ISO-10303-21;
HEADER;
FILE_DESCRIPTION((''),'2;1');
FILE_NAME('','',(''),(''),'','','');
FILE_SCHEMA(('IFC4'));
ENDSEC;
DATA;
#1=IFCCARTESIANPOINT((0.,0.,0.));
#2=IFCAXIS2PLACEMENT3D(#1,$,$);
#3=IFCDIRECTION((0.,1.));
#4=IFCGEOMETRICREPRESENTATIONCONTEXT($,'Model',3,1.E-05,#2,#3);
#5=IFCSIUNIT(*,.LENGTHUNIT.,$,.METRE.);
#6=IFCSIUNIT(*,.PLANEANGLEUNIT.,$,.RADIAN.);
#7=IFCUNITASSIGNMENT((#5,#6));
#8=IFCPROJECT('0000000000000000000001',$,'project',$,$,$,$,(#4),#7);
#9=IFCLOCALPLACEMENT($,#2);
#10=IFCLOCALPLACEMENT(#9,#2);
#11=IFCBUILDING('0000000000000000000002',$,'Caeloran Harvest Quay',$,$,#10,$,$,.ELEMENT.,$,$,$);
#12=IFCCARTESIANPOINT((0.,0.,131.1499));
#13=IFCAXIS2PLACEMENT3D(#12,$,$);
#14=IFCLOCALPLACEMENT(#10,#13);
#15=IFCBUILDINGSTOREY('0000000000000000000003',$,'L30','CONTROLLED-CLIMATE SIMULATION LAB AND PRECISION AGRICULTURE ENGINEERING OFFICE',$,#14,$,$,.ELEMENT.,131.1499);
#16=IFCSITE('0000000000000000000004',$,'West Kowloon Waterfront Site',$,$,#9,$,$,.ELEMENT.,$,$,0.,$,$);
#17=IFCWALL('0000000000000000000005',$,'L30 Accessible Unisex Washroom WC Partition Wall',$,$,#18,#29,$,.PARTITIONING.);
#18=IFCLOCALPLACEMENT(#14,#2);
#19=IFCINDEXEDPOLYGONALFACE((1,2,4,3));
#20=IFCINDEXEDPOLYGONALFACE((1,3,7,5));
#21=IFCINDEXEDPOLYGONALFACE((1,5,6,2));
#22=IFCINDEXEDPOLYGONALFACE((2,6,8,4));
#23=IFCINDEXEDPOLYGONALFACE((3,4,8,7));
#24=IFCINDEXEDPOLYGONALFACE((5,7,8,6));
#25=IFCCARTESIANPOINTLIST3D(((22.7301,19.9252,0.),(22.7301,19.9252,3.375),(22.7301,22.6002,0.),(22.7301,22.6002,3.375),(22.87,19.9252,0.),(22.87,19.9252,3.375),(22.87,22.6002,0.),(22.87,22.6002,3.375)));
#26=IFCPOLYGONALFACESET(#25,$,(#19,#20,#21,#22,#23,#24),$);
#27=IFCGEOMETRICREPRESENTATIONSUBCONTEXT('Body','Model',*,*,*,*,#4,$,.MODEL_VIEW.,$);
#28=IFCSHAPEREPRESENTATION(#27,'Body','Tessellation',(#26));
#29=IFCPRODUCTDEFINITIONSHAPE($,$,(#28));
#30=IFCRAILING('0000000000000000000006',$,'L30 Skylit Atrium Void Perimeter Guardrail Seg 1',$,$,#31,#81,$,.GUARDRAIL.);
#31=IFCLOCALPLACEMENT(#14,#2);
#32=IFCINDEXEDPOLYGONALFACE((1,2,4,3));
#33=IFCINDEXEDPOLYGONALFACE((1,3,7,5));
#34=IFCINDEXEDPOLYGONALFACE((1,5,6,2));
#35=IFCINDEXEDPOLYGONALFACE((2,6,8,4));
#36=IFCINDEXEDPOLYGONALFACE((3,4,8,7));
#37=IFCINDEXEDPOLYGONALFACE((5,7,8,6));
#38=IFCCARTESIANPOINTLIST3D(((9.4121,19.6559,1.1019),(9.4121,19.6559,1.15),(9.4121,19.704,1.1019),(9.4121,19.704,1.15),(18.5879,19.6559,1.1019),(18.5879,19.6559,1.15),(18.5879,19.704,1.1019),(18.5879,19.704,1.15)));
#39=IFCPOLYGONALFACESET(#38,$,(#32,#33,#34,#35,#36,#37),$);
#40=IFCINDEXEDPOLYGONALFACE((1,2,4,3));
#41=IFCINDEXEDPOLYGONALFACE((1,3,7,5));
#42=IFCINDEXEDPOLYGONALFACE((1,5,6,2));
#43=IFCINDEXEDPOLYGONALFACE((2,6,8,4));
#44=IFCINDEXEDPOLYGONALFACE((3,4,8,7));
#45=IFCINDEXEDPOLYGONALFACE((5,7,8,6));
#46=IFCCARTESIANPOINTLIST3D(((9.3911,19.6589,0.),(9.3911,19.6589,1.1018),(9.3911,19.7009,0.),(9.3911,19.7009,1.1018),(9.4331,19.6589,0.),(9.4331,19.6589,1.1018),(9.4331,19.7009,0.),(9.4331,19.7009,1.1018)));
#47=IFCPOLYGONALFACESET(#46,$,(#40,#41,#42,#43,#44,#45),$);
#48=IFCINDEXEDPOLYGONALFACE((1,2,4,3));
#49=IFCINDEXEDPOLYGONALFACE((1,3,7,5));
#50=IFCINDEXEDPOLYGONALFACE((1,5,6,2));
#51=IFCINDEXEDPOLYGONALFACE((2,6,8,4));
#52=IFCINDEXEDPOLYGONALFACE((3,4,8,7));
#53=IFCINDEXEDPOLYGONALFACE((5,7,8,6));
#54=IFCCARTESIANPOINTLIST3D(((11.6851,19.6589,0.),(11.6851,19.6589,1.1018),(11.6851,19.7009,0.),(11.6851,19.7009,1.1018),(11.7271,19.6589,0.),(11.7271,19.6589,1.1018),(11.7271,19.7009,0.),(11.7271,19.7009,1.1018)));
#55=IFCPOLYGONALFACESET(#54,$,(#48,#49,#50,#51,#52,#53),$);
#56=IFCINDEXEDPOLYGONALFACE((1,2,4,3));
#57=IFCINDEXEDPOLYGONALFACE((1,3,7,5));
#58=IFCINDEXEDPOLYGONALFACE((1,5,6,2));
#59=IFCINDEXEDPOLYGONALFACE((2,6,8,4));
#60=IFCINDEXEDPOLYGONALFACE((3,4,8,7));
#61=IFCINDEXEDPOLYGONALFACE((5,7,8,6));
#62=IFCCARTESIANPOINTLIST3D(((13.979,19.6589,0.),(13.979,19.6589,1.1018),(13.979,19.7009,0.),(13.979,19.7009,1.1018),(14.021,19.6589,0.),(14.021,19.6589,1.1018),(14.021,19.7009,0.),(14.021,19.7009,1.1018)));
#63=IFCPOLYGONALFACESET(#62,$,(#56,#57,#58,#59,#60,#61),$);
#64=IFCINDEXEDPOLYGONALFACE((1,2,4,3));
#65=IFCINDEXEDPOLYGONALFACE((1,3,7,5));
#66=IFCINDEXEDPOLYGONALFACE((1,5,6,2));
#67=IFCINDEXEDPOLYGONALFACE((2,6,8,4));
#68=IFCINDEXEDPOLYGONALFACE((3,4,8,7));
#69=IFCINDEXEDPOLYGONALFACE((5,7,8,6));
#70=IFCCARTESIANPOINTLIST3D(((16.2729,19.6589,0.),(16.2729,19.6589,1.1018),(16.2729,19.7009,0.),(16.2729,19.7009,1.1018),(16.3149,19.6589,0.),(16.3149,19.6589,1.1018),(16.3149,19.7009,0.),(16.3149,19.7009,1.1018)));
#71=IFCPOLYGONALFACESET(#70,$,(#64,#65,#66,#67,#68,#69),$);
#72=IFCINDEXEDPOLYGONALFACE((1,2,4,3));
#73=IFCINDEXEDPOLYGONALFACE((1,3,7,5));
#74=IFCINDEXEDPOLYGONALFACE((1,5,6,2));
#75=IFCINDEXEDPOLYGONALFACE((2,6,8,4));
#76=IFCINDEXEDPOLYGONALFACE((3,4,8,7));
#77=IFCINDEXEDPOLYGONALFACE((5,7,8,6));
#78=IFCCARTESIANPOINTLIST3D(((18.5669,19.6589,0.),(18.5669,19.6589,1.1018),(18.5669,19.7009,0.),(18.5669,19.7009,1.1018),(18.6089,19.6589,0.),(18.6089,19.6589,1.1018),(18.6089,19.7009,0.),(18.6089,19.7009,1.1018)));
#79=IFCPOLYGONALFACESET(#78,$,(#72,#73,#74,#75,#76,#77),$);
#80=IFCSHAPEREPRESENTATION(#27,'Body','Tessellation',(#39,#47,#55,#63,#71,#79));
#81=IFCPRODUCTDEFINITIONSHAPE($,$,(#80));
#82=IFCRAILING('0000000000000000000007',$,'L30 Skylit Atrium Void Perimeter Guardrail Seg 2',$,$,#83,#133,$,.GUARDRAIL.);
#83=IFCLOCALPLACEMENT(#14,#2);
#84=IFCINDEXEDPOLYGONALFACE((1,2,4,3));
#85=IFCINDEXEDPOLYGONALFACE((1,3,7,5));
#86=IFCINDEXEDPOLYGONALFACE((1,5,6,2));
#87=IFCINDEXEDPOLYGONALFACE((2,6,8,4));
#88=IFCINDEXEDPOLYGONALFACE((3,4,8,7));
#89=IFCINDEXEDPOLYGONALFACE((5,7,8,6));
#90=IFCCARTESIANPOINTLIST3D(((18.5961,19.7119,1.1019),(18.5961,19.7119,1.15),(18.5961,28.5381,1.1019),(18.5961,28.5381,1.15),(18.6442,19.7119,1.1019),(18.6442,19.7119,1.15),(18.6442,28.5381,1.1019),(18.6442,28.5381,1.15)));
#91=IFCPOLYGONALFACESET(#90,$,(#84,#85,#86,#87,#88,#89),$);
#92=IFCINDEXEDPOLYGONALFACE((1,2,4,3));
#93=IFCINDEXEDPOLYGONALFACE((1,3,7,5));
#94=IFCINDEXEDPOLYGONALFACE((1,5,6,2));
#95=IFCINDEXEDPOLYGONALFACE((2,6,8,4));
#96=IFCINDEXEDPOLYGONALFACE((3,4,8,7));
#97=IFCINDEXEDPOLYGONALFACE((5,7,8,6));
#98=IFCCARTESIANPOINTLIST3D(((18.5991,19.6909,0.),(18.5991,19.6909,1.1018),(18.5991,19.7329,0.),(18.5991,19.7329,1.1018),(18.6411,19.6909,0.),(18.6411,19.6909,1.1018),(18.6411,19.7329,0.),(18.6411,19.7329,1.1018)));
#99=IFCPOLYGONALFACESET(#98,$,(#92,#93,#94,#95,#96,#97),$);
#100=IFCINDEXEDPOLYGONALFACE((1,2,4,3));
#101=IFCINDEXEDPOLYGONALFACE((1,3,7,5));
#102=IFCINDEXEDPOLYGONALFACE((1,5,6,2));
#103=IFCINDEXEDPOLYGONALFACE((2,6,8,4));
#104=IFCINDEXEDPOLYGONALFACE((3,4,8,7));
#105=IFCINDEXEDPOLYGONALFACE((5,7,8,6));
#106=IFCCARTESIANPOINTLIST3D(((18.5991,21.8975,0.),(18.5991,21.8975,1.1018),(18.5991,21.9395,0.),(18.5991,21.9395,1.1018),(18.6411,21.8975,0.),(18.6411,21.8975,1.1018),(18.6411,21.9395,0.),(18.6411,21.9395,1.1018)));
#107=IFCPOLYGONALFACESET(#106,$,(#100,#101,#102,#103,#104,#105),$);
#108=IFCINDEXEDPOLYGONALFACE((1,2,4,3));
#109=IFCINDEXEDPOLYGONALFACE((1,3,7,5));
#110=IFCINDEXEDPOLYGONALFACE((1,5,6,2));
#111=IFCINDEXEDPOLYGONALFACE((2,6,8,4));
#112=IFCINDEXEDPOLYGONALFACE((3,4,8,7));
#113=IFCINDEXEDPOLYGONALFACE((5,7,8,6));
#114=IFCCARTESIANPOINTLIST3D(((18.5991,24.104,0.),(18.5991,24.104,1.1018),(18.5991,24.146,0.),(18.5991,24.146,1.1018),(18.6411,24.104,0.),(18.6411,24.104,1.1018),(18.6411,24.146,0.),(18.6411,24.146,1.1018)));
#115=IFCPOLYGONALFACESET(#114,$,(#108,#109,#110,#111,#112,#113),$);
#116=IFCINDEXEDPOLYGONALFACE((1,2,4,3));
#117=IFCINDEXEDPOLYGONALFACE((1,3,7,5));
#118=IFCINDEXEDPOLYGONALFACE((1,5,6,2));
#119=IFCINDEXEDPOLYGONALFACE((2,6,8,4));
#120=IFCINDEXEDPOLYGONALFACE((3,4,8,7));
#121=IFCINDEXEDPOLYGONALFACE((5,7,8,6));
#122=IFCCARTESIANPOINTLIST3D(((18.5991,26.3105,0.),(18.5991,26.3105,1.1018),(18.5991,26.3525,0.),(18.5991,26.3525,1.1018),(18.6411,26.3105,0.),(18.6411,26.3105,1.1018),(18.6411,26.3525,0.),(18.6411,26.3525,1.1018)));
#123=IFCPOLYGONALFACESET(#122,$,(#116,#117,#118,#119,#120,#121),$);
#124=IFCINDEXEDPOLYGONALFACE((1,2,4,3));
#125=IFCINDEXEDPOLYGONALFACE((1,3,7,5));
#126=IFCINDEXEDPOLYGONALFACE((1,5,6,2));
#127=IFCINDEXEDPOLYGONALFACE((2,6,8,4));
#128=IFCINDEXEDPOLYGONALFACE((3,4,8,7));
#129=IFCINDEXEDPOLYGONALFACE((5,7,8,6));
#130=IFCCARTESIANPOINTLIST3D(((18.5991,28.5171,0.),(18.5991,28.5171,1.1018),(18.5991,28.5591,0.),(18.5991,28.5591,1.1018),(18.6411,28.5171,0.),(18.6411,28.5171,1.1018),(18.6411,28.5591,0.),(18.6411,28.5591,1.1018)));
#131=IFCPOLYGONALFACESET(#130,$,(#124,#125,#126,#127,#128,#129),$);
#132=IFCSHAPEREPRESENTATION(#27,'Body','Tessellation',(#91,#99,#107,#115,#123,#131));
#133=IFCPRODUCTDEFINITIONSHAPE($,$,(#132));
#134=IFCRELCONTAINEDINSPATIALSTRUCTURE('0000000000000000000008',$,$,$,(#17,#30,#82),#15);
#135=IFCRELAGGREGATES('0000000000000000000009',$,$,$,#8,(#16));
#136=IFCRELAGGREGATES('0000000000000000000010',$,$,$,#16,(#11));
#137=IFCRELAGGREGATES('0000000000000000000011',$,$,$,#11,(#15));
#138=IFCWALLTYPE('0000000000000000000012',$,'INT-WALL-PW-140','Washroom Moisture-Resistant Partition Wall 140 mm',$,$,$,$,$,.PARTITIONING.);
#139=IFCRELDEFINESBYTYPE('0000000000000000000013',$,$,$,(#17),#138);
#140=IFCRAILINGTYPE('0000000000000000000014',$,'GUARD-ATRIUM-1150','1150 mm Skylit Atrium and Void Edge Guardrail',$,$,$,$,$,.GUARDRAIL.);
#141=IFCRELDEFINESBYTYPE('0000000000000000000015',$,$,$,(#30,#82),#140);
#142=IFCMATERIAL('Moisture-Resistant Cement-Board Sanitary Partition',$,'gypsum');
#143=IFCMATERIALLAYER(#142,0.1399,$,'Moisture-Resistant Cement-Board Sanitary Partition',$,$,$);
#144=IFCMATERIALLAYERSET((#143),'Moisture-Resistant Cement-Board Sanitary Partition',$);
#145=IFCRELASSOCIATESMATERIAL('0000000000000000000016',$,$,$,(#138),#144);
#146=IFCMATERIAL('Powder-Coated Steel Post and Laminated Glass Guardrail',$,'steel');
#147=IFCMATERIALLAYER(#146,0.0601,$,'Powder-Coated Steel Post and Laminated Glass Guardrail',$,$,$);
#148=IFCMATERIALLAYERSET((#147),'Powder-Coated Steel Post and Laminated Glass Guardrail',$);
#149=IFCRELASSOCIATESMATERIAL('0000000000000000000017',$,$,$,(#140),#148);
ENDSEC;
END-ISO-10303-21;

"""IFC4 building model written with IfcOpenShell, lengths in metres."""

from ifc_helpers import new_model, si_unit, direction, frame, frame_2d, origin, origin_2d, place, context, subcontext, project, spatial, rectangle, extrude, material, layer, layer_set, type_object, element, save


model = new_model("IFC4")

# Units and contexts
model_context = context("Model", 3, precision=1e-05, world=origin(), true_north=direction((0.0, 1.0)))
body_context = subcontext(model_context, "Body", "Model", "MODEL_VIEW")
ifc_project = project(units=[si_unit("LENGTHUNIT", "METRE"), si_unit("PLANEANGLEUNIT", "RADIAN")], contexts=[model_context])

# Site, building, storey
site_placement = place(None, origin())
site = spatial("IfcSite", under=ifc_project, at=site_placement, Name="West Kowloon Waterfront Site", CompositionType="ELEMENT", RefElevation=0.0)
building_placement = place(site_placement, origin())
building = spatial("IfcBuilding", under=site, at=building_placement, Name="Caeloran Harvest Quay", CompositionType="ELEMENT")
storey_placement = place(building_placement, frame((0.0, 0.0, 131.1499)))
storey = spatial("IfcBuildingStorey", under=building, at=storey_placement, Name="L30", Description="CONTROLLED-CLIMATE SIMULATION LAB AND PRECISION AGRICULTURE ENGINEERING OFFICE", CompositionType="ELEMENT", Elevation=131.1499)

# Shared definitions
ifc_material_1 = material(Name="Moisture-Resistant Cement-Board Sanitary Partition", Category="gypsum")
ifc_layer_1 = layer(ifc_material_1, 0.1399, Name="Moisture-Resistant Cement-Board Sanitary Partition")
ifc_layer_set_1 = layer_set([ifc_layer_1], Name="Moisture-Resistant Cement-Board Sanitary Partition")
wall_type_1 = type_object("IfcWallType", Name="INT-WALL-PW-140", Description="Washroom Moisture-Resistant Partition Wall 140 mm", PredefinedType="PARTITIONING", material=ifc_layer_set_1)

# Wall
wall_1_placement = place(storey_placement, frame((22.8, 22.6001, 0.0), z_axis=(0.0, 0.0, 1.0), x_axis=(0.0, -1.0, 0.0)))
element("IfcWall", 1, at=wall_1_placement, inside=storey, type_object=wall_type_1, Name="L30 Accessible Unisex Washroom WC Partition Wall", PredefinedType="PARTITIONING", context=body_context, shape_type="SweptSolid", body=[
    extrude(rectangle(XDim=2.675, YDim=0.1399, at=frame_2d((1.3374, 0.0))), origin(), (0.0, 0.0, 1.0), 3.375),
])

# Railings
ifc_material_2 = material(Name="Powder-Coated Steel Post and Laminated Glass Guardrail", Category="steel")
ifc_layer_2 = layer(ifc_material_2, 0.0601, Name="Powder-Coated Steel Post and Laminated Glass Guardrail")
ifc_layer_set_2 = layer_set([ifc_layer_2], Name="Powder-Coated Steel Post and Laminated Glass Guardrail")
railing_type = type_object("IfcRailingType", Name="GUARD-ATRIUM-1150", Description="1150 mm Skylit Atrium and Void Edge Guardrail", PredefinedType="GUARDRAIL", material=ifc_layer_set_2)
railing_1_placement = place(storey_placement, frame((9.4121, 19.6799, 0.0)))
element("IfcRailing", 2, at=railing_1_placement, inside=storey, type_object=railing_type, Name="L30 Skylit Atrium Void Perimeter Guardrail Seg 1", PredefinedType="GUARDRAIL", context=body_context, shape_type="SweptSolid", body=[
    extrude(rectangle(XDim=0.0481, YDim=0.0481, at=origin_2d()), frame((0.0, 0.0, 1.126), z_axis=(1.0, 0.0, 0.0), x_axis=(0.0, 1.0, 0.0)), (0.0, 0.0, 1.0), 9.1758),
    extrude(rectangle(XDim=0.042, YDim=0.042, at=origin_2d()), origin(), (0.0, 0.0, 1.0), 1.1018),
    extrude(rectangle(XDim=0.042, YDim=0.042, at=origin_2d()), frame((2.2939, 0.0, 0.0)), (0.0, 0.0, 1.0), 1.1018),
    extrude(rectangle(XDim=0.042, YDim=0.042, at=origin_2d()), frame((4.5879, 0.0, 0.0)), (0.0, 0.0, 1.0), 1.1018),
    extrude(rectangle(XDim=0.042, YDim=0.042, at=origin_2d()), frame((6.8818, 0.0, 0.0)), (0.0, 0.0, 1.0), 1.1018),
    extrude(rectangle(XDim=0.042, YDim=0.042, at=origin_2d()), frame((9.1758, 0.0, 0.0)), (0.0, 0.0, 1.0), 1.1018),
])
railing_2_placement = place(storey_placement, frame((18.6201, 19.7119, 0.0)))
element("IfcRailing", 3, at=railing_2_placement, inside=storey, type_object=railing_type, Name="L30 Skylit Atrium Void Perimeter Guardrail Seg 2", PredefinedType="GUARDRAIL", context=body_context, shape_type="SweptSolid", body=[
    extrude(rectangle(XDim=0.0481, YDim=0.0481, at=origin_2d()), frame((0.0, 0.0, 1.126), z_axis=(0.0, 1.0, 0.0), x_axis=(-1.0, 0.0, 0.0)), (0.0, 0.0, 1.0), 8.8262),
    extrude(rectangle(XDim=0.042, YDim=0.042, at=origin_2d()), origin(), (0.0, 0.0, 1.0), 1.1018),
    extrude(rectangle(XDim=0.042, YDim=0.042, at=origin_2d()), frame((0.0, 2.2065, 0.0)), (0.0, 0.0, 1.0), 1.1018),
    extrude(rectangle(XDim=0.042, YDim=0.042, at=origin_2d()), frame((0.0, 4.4131, 0.0)), (0.0, 0.0, 1.0), 1.1018),
    extrude(rectangle(XDim=0.042, YDim=0.042, at=origin_2d()), frame((0.0, 6.6196, 0.0)), (0.0, 0.0, 1.0), 1.1018),
    extrude(rectangle(XDim=0.042, YDim=0.042, at=origin_2d()), frame((0.0, 8.8262, 0.0)), (0.0, 0.0, 1.0), 1.1018),
])

save(model, "model.ifc")
